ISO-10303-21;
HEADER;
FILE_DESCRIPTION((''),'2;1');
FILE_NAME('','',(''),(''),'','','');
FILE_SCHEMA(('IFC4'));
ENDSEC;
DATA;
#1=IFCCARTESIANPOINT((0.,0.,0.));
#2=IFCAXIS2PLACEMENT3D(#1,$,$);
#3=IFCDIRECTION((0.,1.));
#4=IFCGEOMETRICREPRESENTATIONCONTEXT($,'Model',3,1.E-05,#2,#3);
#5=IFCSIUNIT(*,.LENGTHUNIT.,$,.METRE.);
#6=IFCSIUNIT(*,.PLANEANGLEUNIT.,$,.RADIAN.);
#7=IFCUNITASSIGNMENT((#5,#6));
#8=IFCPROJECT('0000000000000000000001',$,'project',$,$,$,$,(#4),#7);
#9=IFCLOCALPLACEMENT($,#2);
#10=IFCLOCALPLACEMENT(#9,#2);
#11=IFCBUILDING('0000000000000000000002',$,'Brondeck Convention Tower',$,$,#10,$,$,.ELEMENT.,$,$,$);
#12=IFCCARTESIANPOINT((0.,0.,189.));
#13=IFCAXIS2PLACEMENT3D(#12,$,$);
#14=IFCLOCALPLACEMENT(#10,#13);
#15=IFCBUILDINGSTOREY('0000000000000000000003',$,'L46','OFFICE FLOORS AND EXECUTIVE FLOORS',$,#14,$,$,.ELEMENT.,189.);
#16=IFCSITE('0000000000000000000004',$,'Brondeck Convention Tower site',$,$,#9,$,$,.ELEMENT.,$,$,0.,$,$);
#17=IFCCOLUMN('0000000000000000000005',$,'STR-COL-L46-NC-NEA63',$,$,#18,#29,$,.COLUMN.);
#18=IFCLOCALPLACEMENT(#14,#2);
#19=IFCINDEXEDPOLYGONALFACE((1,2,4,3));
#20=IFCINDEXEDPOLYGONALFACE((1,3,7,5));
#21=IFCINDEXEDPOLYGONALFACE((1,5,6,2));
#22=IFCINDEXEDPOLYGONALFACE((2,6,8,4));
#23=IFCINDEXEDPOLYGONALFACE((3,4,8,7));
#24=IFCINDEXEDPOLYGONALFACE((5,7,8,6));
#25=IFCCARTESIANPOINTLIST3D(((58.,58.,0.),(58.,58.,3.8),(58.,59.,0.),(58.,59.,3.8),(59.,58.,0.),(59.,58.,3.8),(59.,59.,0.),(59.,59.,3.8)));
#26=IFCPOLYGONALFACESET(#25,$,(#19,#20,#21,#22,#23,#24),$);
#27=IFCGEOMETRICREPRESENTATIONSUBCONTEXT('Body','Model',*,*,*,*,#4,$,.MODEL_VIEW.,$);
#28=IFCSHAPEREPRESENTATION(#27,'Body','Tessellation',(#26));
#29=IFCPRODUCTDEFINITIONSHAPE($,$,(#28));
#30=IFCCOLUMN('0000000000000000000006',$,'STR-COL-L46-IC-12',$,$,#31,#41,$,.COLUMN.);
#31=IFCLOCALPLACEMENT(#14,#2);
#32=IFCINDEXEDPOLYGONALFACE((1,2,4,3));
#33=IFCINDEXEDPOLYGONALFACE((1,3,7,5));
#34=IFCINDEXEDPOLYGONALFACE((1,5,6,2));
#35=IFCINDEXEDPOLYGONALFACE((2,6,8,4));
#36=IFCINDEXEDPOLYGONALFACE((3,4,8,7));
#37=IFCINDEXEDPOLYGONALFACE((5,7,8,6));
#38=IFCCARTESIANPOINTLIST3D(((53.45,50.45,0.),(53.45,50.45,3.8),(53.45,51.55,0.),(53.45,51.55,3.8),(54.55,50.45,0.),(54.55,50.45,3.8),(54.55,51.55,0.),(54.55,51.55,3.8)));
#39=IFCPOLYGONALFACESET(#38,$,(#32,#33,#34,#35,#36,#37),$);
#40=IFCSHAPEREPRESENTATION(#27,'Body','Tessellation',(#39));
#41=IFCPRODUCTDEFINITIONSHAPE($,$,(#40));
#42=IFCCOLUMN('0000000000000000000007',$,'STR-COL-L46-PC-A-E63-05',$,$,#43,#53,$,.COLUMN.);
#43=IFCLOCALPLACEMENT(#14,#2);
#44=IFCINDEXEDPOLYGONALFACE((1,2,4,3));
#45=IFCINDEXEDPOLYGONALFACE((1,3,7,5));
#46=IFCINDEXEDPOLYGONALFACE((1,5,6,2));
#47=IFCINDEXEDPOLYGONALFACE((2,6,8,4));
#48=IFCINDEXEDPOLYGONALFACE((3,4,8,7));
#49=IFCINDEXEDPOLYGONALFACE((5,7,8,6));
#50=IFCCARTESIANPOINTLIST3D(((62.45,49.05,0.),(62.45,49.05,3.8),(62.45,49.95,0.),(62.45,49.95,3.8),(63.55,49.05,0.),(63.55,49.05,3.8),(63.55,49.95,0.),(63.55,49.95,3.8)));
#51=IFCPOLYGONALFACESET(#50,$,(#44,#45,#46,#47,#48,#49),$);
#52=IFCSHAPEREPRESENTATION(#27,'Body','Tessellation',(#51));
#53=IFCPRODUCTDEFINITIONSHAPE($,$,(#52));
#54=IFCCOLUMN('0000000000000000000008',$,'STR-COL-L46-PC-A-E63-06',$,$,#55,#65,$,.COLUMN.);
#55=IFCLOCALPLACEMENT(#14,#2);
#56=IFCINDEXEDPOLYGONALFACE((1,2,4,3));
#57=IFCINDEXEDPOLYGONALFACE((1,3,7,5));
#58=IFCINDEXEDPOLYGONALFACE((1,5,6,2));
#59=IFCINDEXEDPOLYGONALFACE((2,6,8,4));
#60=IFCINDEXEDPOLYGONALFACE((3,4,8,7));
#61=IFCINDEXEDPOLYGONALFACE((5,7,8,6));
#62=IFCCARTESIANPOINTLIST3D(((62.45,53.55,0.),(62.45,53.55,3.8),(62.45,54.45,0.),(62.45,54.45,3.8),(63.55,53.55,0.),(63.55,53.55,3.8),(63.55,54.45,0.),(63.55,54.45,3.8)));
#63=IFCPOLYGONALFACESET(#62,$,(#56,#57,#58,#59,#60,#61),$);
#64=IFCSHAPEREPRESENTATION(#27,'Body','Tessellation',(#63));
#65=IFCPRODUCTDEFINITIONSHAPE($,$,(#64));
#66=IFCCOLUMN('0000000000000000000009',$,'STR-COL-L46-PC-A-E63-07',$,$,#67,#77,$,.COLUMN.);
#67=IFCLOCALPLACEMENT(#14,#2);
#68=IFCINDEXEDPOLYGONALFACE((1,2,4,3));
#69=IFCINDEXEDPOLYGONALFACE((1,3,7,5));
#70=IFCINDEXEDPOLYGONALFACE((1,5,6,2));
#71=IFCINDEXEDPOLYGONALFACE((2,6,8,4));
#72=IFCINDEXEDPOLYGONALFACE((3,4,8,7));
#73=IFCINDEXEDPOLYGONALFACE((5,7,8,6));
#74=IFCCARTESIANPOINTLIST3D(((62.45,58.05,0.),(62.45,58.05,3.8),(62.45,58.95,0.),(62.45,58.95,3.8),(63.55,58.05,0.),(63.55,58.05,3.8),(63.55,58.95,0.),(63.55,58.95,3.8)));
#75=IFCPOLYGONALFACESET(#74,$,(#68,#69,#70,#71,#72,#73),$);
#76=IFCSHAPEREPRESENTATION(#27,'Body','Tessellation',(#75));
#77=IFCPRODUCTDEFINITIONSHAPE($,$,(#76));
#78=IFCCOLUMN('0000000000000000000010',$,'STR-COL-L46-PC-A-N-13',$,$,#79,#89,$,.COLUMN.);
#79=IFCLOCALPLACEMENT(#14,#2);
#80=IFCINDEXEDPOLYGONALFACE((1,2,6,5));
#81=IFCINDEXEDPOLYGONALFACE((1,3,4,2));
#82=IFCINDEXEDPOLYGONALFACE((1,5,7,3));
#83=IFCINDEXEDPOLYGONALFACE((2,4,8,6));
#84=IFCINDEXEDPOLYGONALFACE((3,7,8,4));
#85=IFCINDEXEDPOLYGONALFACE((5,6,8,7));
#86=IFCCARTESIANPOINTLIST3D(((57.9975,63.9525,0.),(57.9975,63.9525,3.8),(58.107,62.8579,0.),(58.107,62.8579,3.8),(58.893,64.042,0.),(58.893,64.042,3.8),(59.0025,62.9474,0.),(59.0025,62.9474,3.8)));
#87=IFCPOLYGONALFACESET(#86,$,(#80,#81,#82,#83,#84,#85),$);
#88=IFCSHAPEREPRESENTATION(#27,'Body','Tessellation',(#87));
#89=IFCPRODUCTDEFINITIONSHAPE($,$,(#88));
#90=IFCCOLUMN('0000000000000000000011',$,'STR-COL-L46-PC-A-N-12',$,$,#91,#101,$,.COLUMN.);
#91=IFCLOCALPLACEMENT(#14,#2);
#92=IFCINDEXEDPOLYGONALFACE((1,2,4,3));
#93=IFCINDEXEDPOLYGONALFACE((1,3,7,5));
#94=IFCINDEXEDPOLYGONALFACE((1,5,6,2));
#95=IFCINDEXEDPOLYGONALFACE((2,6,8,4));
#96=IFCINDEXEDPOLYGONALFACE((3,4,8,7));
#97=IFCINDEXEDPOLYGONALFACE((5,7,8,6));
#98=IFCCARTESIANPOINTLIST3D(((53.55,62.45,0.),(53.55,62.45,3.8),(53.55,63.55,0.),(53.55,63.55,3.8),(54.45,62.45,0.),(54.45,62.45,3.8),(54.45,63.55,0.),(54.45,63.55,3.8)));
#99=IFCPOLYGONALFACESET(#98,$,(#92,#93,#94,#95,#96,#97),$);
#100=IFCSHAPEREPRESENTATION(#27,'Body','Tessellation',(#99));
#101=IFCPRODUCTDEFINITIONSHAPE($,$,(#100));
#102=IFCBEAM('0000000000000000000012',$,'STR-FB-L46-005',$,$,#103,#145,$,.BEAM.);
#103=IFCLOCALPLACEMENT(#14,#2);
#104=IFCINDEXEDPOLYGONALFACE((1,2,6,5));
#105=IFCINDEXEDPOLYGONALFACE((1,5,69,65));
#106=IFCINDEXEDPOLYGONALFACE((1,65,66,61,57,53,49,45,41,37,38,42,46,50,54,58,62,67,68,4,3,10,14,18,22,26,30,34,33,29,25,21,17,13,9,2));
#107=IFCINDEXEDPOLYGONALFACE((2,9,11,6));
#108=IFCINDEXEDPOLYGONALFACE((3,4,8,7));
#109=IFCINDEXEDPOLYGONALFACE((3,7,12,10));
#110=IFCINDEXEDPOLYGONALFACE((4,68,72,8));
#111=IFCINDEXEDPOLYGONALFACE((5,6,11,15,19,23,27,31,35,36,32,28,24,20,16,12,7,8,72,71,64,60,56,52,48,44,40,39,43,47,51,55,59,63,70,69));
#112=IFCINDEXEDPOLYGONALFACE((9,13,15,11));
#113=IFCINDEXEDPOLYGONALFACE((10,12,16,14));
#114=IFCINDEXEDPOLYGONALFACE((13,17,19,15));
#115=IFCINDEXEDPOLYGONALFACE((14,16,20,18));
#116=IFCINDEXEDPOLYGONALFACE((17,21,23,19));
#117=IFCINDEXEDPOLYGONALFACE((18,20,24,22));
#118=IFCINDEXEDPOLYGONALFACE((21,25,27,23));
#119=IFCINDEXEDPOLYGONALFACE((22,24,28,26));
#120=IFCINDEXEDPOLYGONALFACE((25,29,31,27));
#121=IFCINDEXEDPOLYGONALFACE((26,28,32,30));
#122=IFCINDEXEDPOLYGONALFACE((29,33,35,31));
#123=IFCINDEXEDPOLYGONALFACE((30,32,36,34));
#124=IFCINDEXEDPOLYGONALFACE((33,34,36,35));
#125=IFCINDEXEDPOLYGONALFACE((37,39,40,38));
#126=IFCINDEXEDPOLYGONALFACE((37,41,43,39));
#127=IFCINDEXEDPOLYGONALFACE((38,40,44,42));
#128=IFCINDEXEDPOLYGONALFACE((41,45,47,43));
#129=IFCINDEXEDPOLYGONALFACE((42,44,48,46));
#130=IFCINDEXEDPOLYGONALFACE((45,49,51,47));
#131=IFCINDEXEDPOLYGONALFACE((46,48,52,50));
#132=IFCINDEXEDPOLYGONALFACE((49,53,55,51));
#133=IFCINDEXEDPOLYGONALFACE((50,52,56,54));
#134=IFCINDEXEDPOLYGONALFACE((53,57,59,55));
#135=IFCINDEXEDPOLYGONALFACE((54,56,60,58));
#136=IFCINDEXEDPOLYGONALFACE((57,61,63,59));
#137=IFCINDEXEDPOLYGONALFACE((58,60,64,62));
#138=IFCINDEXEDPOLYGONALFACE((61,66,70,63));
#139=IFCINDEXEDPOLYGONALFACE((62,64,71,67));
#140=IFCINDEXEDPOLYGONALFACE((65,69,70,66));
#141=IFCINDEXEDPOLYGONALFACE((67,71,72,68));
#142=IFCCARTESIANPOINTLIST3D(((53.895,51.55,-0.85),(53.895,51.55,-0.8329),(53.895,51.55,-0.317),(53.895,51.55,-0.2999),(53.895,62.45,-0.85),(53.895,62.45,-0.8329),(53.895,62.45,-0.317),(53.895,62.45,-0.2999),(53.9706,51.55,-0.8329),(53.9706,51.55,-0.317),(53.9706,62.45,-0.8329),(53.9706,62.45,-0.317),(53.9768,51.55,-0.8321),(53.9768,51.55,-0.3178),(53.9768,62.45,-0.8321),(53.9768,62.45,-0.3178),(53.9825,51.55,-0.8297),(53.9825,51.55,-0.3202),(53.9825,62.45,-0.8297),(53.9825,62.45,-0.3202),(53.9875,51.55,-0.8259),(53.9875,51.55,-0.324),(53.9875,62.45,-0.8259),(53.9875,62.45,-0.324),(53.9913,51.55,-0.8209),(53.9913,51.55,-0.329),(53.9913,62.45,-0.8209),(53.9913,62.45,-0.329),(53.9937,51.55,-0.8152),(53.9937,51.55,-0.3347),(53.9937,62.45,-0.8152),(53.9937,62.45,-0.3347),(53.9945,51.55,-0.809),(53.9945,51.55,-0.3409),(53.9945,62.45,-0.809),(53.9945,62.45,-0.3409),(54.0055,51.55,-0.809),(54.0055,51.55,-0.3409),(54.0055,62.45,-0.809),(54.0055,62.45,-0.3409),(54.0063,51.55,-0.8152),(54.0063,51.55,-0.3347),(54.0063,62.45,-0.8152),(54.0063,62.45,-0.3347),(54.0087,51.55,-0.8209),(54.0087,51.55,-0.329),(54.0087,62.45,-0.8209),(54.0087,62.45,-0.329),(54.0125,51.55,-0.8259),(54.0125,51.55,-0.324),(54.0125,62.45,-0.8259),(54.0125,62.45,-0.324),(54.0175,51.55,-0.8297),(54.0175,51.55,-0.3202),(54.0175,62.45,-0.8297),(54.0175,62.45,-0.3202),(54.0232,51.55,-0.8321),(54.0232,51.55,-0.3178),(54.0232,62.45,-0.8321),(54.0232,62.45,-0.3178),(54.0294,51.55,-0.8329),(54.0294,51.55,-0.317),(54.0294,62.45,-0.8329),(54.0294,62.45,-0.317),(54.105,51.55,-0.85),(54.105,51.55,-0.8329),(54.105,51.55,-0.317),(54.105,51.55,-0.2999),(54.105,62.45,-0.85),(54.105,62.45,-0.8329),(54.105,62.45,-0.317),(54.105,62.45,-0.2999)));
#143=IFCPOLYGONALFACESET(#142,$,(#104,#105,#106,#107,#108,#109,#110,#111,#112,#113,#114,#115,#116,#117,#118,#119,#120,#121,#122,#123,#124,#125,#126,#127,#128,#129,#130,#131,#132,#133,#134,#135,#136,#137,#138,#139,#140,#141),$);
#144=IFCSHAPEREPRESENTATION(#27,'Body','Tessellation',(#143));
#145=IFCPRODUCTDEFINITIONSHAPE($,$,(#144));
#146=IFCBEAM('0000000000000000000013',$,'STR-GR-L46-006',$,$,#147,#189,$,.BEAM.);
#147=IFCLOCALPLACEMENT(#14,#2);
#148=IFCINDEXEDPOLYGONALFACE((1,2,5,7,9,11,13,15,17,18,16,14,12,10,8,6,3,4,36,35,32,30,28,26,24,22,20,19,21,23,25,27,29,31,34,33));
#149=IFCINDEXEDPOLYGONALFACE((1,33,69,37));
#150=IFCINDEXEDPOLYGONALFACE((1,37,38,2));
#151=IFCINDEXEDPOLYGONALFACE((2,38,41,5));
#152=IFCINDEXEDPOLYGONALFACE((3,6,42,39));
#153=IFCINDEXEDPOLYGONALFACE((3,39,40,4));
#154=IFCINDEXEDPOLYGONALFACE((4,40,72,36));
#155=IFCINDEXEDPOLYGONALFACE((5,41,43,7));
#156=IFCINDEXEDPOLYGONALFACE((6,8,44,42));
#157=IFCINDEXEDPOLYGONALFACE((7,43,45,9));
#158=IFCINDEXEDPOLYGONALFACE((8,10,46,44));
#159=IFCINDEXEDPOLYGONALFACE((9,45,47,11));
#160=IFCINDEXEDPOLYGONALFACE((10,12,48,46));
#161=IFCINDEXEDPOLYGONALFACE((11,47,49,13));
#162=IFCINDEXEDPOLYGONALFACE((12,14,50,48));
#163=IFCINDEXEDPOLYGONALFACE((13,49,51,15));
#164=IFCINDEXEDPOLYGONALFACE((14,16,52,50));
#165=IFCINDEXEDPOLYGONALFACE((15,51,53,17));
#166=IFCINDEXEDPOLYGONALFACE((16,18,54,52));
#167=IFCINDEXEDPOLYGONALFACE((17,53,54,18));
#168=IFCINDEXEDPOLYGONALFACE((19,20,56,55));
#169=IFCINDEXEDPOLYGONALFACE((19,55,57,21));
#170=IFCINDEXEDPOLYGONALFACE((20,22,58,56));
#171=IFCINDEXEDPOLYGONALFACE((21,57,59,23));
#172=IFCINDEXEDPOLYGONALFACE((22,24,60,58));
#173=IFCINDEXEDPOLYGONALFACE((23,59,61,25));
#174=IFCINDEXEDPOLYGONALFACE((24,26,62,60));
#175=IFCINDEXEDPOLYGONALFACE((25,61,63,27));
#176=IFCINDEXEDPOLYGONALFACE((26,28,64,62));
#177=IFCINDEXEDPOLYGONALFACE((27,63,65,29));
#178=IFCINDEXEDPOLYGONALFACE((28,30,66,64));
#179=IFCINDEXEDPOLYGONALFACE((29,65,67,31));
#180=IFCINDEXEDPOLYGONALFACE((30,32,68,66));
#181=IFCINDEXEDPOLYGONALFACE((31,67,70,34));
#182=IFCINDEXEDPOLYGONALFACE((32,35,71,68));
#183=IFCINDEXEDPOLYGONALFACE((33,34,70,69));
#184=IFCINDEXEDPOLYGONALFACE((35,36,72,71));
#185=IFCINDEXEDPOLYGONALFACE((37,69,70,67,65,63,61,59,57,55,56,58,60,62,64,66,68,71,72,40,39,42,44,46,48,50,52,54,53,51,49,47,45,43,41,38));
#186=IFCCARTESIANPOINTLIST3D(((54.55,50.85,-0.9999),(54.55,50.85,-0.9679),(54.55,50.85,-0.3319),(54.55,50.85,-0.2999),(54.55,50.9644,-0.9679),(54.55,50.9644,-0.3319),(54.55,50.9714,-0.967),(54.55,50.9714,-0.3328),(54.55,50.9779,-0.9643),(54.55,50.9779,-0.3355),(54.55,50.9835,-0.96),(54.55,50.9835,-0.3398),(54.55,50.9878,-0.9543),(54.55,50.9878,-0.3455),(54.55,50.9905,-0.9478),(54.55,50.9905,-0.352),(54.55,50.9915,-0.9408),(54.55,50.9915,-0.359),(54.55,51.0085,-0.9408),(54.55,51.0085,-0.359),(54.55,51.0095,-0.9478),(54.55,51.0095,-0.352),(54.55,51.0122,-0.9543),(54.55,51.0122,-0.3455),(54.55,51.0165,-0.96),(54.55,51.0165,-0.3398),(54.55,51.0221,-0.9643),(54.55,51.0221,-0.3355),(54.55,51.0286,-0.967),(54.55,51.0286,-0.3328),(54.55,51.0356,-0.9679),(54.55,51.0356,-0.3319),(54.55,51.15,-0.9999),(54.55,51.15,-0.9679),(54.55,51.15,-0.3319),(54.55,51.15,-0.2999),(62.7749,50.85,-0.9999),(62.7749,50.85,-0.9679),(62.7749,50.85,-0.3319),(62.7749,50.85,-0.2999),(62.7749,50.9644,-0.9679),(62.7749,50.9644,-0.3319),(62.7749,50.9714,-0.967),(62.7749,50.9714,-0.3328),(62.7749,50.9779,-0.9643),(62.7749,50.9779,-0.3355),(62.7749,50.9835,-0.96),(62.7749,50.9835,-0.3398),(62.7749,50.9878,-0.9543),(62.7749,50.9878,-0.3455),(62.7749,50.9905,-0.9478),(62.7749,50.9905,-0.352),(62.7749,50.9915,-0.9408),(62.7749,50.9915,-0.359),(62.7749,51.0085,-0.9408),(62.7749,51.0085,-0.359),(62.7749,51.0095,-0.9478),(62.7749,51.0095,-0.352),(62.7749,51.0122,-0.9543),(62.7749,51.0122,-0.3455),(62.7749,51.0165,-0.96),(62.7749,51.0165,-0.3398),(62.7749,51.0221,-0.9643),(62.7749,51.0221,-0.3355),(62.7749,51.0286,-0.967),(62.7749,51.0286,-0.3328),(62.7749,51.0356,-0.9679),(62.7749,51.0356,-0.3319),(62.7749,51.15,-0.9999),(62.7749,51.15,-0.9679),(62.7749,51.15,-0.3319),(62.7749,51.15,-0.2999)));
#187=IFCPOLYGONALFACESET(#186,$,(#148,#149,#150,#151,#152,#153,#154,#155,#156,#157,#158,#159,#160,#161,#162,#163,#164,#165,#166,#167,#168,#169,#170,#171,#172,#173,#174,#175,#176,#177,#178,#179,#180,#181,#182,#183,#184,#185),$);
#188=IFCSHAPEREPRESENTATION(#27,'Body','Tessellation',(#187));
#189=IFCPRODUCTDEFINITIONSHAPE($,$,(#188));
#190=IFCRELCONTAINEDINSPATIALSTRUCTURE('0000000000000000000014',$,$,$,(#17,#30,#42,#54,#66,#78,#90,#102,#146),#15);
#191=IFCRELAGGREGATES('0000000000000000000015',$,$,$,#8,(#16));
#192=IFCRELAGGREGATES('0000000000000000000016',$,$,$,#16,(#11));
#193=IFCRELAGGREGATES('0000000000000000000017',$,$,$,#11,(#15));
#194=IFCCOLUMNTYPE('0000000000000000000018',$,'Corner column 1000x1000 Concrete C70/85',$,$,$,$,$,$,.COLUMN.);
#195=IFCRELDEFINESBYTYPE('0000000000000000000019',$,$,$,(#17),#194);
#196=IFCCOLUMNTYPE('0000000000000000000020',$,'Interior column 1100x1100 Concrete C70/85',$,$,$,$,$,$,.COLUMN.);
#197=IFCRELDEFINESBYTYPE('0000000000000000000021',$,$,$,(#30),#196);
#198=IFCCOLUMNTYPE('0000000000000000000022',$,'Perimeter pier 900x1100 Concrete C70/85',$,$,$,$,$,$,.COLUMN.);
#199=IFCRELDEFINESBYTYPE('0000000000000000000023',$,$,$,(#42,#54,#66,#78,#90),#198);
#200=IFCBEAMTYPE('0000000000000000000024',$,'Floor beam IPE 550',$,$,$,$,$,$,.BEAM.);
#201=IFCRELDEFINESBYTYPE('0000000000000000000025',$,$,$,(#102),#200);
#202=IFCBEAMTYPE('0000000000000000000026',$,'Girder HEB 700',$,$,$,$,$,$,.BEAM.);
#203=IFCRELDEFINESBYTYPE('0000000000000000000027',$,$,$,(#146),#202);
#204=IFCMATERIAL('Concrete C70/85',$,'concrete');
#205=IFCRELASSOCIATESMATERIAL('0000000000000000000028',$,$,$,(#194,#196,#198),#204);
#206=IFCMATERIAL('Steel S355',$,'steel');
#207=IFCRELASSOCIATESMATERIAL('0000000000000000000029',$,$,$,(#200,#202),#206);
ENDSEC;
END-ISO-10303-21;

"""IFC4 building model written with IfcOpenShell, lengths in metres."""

from ifc_helpers import new_model, si_unit, direction, frame, origin, origin_2d, place, context, subcontext, project, spatial, rectangle, i_section, extrude, material, material_profile, profile_set, type_object, element, save


model = new_model("IFC4")

# Units and contexts
model_context = context("Model", 3, precision=1e-05, world=origin(), true_north=direction((0.0, 1.0)))
body_context = subcontext(model_context, "Body", "Model", "MODEL_VIEW")
ifc_project = project(units=[si_unit("LENGTHUNIT", "METRE"), si_unit("PLANEANGLEUNIT", "RADIAN")], contexts=[model_context])

# Site, building, storey
site_placement = place(None, origin())
site = spatial("IfcSite", under=ifc_project, at=site_placement, Name="Brondeck Convention Tower site", CompositionType="ELEMENT", RefElevation=0.0)
building_placement = place(site_placement, origin())
building = spatial("IfcBuilding", under=site, at=building_placement, Name="Brondeck Convention Tower", CompositionType="ELEMENT")
storey_placement = place(building_placement, frame((0.0, 0.0, 189.0)))
storey = spatial("IfcBuildingStorey", under=building, at=storey_placement, Name="L46", Description="OFFICE FLOORS AND EXECUTIVE FLOORS", CompositionType="ELEMENT", Elevation=189.0)

# Columns
ifc_material_1 = material(Name="Concrete C70/85", Category="concrete")
ifc_material_profile_1 = material_profile(ifc_material_1, rectangle(XDim=1.0, YDim=1.0, at=origin_2d()), Name="Corner column 1000x1000 Concrete C70/85")
ifc_profile_set_1 = profile_set([ifc_material_profile_1], Name="Concrete C70/85")
column_type_1 = type_object("IfcColumnType", Name="Corner column 1000x1000 Concrete C70/85", PredefinedType="COLUMN", material=ifc_profile_set_1)
column_1_placement = place(storey_placement, frame((58.5, 58.5, 0.0), z_axis=(0.0, 0.0, 1.0), x_axis=(1.0, 0.0, 0.0)))
element("IfcColumn", 1, at=column_1_placement, inside=storey, type_object=column_type_1, Name="STR-COL-L46-NC-NEA63", PredefinedType="COLUMN", context=body_context, shape_type="SweptSolid", body=[
    extrude(rectangle(XDim=1.0, YDim=1.0, at=origin_2d()), origin(), (0.0, 0.0, 1.0), 3.8),
])
ifc_material_profile_2 = material_profile(ifc_material_1, rectangle(XDim=1.1001, YDim=1.1001, at=origin_2d()), Name="Interior column 1100x1100 Concrete C70/85")
ifc_profile_set_2 = profile_set([ifc_material_profile_2], Name="Concrete C70/85")
column_type_2 = type_object("IfcColumnType", Name="Interior column 1100x1100 Concrete C70/85", PredefinedType="COLUMN", material=ifc_profile_set_2)
column_2_placement = place(storey_placement, frame((54.0, 51.0, 0.0), z_axis=(0.0, 0.0, 1.0), x_axis=(1.0, 0.0, 0.0)))
element("IfcColumn", 2, at=column_2_placement, inside=storey, type_object=column_type_2, Name="STR-COL-L46-IC-12", PredefinedType="COLUMN", context=body_context, shape_type="SweptSolid", body=[
    extrude(rectangle(XDim=1.1001, YDim=1.1001, at=origin_2d()), origin(), (0.0, 0.0, 1.0), 3.8),
])
ifc_material_profile_3 = material_profile(ifc_material_1, rectangle(XDim=0.8999, YDim=1.1001, at=origin_2d()), Name="Perimeter pier 900x1100 Concrete C70/85")
ifc_profile_set_3 = profile_set([ifc_material_profile_3], Name="Concrete C70/85")
column_type_3 = type_object("IfcColumnType", Name="Perimeter pier 900x1100 Concrete C70/85", PredefinedType="COLUMN", material=ifc_profile_set_3)
for number, where, z_axis, x_axis, name in (
    (3, (63.0, 49.5, 0.0), (0.0, 0.0, 1.0), (0.0, 1.0, 0.0), "STR-COL-L46-PC-A-E63-05"),
    (4, (63.0, 54.0, 0.0), (0.0, 0.0, 1.0), (0.0, 1.0, 0.0), "STR-COL-L46-PC-A-E63-06"),
    (5, (63.0, 58.5, 0.0), (0.0, 0.0, 1.0), (0.0, 1.0, 0.0), "STR-COL-L46-PC-A-E63-07"),
    (6, (58.5, 63.45, 0.0), (0.0, 0.0, 1.0), (-0.995037, -0.099504, 0.0), "STR-COL-L46-PC-A-N-13"),
    (7, (54.0, 63.0, 0.0), (0.0, 0.0, 1.0), (-1.0, 0.0, 0.0), "STR-COL-L46-PC-A-N-12"),
):
    element("IfcColumn", number, at=place(storey_placement, frame(where, z_axis=z_axis, x_axis=x_axis)), inside=storey, type_object=column_type_3, Name=name, PredefinedType="COLUMN", context=body_context, shape_type="SweptSolid", body=[
        extrude(rectangle(XDim=0.8999, YDim=1.1001, at=origin_2d()), origin(), (0.0, 0.0, 1.0), 3.8),
    ])

# Beams
ifc_material_2 = material(Name="Steel S355", Category="steel")
ifc_material_profile_4 = material_profile(ifc_material_2, i_section(OverallWidth=0.21, OverallDepth=0.55, WebThickness=0.011, FlangeThickness=0.0171, FilletRadius=0.0239, at=origin_2d()), Name="IPE 550")
ifc_profile_set_4 = profile_set([ifc_material_profile_4], Name="Steel S355")
beam_type_1 = type_object("IfcBeamType", Name="Floor beam IPE 550", PredefinedType="BEAM", material=ifc_profile_set_4)
beam_1_placement = place(storey_placement, frame((54.0, 51.55, -0.575), z_axis=(0.0, 1.0, 0.0), x_axis=(-1.0, 0.0, 0.0)))
element("IfcBeam", 8, at=beam_1_placement, inside=storey, type_object=beam_type_1, Name="STR-FB-L46-005", PredefinedType="BEAM", context=body_context, shape_type="SweptSolid", body=[
    extrude(i_section(OverallWidth=0.21, OverallDepth=0.55, WebThickness=0.011, FlangeThickness=0.0171, FilletRadius=0.0239, at=origin_2d()), origin(), (0.0, 0.0, 1.0), 10.8999),
])
ifc_material_profile_5 = material_profile(ifc_material_2, i_section(OverallWidth=0.3, OverallDepth=0.7, WebThickness=0.0171, FlangeThickness=0.032, FilletRadius=0.0271, at=origin_2d()), Name="HEB 700")
ifc_profile_set_5 = profile_set([ifc_material_profile_5], Name="Steel S355")
beam_type_2 = type_object("IfcBeamType", Name="Girder HEB 700", PredefinedType="BEAM", material=ifc_profile_set_5)
beam_2_placement = place(storey_placement, frame((54.55, 51.0, -0.6499), z_axis=(1.0, 0.0, 0.0), x_axis=(0.0, 1.0, 0.0)))
element("IfcBeam", 9, at=beam_2_placement, inside=storey, type_object=beam_type_2, Name="STR-GR-L46-006", PredefinedType="BEAM", context=body_context, shape_type="SweptSolid", body=[
    extrude(i_section(OverallWidth=0.3, OverallDepth=0.7, WebThickness=0.0171, FlangeThickness=0.032, FilletRadius=0.0271, at=origin_2d()), origin(), (0.0, 0.0, 1.0), 8.2249),
])

save(model, "model.ifc")
